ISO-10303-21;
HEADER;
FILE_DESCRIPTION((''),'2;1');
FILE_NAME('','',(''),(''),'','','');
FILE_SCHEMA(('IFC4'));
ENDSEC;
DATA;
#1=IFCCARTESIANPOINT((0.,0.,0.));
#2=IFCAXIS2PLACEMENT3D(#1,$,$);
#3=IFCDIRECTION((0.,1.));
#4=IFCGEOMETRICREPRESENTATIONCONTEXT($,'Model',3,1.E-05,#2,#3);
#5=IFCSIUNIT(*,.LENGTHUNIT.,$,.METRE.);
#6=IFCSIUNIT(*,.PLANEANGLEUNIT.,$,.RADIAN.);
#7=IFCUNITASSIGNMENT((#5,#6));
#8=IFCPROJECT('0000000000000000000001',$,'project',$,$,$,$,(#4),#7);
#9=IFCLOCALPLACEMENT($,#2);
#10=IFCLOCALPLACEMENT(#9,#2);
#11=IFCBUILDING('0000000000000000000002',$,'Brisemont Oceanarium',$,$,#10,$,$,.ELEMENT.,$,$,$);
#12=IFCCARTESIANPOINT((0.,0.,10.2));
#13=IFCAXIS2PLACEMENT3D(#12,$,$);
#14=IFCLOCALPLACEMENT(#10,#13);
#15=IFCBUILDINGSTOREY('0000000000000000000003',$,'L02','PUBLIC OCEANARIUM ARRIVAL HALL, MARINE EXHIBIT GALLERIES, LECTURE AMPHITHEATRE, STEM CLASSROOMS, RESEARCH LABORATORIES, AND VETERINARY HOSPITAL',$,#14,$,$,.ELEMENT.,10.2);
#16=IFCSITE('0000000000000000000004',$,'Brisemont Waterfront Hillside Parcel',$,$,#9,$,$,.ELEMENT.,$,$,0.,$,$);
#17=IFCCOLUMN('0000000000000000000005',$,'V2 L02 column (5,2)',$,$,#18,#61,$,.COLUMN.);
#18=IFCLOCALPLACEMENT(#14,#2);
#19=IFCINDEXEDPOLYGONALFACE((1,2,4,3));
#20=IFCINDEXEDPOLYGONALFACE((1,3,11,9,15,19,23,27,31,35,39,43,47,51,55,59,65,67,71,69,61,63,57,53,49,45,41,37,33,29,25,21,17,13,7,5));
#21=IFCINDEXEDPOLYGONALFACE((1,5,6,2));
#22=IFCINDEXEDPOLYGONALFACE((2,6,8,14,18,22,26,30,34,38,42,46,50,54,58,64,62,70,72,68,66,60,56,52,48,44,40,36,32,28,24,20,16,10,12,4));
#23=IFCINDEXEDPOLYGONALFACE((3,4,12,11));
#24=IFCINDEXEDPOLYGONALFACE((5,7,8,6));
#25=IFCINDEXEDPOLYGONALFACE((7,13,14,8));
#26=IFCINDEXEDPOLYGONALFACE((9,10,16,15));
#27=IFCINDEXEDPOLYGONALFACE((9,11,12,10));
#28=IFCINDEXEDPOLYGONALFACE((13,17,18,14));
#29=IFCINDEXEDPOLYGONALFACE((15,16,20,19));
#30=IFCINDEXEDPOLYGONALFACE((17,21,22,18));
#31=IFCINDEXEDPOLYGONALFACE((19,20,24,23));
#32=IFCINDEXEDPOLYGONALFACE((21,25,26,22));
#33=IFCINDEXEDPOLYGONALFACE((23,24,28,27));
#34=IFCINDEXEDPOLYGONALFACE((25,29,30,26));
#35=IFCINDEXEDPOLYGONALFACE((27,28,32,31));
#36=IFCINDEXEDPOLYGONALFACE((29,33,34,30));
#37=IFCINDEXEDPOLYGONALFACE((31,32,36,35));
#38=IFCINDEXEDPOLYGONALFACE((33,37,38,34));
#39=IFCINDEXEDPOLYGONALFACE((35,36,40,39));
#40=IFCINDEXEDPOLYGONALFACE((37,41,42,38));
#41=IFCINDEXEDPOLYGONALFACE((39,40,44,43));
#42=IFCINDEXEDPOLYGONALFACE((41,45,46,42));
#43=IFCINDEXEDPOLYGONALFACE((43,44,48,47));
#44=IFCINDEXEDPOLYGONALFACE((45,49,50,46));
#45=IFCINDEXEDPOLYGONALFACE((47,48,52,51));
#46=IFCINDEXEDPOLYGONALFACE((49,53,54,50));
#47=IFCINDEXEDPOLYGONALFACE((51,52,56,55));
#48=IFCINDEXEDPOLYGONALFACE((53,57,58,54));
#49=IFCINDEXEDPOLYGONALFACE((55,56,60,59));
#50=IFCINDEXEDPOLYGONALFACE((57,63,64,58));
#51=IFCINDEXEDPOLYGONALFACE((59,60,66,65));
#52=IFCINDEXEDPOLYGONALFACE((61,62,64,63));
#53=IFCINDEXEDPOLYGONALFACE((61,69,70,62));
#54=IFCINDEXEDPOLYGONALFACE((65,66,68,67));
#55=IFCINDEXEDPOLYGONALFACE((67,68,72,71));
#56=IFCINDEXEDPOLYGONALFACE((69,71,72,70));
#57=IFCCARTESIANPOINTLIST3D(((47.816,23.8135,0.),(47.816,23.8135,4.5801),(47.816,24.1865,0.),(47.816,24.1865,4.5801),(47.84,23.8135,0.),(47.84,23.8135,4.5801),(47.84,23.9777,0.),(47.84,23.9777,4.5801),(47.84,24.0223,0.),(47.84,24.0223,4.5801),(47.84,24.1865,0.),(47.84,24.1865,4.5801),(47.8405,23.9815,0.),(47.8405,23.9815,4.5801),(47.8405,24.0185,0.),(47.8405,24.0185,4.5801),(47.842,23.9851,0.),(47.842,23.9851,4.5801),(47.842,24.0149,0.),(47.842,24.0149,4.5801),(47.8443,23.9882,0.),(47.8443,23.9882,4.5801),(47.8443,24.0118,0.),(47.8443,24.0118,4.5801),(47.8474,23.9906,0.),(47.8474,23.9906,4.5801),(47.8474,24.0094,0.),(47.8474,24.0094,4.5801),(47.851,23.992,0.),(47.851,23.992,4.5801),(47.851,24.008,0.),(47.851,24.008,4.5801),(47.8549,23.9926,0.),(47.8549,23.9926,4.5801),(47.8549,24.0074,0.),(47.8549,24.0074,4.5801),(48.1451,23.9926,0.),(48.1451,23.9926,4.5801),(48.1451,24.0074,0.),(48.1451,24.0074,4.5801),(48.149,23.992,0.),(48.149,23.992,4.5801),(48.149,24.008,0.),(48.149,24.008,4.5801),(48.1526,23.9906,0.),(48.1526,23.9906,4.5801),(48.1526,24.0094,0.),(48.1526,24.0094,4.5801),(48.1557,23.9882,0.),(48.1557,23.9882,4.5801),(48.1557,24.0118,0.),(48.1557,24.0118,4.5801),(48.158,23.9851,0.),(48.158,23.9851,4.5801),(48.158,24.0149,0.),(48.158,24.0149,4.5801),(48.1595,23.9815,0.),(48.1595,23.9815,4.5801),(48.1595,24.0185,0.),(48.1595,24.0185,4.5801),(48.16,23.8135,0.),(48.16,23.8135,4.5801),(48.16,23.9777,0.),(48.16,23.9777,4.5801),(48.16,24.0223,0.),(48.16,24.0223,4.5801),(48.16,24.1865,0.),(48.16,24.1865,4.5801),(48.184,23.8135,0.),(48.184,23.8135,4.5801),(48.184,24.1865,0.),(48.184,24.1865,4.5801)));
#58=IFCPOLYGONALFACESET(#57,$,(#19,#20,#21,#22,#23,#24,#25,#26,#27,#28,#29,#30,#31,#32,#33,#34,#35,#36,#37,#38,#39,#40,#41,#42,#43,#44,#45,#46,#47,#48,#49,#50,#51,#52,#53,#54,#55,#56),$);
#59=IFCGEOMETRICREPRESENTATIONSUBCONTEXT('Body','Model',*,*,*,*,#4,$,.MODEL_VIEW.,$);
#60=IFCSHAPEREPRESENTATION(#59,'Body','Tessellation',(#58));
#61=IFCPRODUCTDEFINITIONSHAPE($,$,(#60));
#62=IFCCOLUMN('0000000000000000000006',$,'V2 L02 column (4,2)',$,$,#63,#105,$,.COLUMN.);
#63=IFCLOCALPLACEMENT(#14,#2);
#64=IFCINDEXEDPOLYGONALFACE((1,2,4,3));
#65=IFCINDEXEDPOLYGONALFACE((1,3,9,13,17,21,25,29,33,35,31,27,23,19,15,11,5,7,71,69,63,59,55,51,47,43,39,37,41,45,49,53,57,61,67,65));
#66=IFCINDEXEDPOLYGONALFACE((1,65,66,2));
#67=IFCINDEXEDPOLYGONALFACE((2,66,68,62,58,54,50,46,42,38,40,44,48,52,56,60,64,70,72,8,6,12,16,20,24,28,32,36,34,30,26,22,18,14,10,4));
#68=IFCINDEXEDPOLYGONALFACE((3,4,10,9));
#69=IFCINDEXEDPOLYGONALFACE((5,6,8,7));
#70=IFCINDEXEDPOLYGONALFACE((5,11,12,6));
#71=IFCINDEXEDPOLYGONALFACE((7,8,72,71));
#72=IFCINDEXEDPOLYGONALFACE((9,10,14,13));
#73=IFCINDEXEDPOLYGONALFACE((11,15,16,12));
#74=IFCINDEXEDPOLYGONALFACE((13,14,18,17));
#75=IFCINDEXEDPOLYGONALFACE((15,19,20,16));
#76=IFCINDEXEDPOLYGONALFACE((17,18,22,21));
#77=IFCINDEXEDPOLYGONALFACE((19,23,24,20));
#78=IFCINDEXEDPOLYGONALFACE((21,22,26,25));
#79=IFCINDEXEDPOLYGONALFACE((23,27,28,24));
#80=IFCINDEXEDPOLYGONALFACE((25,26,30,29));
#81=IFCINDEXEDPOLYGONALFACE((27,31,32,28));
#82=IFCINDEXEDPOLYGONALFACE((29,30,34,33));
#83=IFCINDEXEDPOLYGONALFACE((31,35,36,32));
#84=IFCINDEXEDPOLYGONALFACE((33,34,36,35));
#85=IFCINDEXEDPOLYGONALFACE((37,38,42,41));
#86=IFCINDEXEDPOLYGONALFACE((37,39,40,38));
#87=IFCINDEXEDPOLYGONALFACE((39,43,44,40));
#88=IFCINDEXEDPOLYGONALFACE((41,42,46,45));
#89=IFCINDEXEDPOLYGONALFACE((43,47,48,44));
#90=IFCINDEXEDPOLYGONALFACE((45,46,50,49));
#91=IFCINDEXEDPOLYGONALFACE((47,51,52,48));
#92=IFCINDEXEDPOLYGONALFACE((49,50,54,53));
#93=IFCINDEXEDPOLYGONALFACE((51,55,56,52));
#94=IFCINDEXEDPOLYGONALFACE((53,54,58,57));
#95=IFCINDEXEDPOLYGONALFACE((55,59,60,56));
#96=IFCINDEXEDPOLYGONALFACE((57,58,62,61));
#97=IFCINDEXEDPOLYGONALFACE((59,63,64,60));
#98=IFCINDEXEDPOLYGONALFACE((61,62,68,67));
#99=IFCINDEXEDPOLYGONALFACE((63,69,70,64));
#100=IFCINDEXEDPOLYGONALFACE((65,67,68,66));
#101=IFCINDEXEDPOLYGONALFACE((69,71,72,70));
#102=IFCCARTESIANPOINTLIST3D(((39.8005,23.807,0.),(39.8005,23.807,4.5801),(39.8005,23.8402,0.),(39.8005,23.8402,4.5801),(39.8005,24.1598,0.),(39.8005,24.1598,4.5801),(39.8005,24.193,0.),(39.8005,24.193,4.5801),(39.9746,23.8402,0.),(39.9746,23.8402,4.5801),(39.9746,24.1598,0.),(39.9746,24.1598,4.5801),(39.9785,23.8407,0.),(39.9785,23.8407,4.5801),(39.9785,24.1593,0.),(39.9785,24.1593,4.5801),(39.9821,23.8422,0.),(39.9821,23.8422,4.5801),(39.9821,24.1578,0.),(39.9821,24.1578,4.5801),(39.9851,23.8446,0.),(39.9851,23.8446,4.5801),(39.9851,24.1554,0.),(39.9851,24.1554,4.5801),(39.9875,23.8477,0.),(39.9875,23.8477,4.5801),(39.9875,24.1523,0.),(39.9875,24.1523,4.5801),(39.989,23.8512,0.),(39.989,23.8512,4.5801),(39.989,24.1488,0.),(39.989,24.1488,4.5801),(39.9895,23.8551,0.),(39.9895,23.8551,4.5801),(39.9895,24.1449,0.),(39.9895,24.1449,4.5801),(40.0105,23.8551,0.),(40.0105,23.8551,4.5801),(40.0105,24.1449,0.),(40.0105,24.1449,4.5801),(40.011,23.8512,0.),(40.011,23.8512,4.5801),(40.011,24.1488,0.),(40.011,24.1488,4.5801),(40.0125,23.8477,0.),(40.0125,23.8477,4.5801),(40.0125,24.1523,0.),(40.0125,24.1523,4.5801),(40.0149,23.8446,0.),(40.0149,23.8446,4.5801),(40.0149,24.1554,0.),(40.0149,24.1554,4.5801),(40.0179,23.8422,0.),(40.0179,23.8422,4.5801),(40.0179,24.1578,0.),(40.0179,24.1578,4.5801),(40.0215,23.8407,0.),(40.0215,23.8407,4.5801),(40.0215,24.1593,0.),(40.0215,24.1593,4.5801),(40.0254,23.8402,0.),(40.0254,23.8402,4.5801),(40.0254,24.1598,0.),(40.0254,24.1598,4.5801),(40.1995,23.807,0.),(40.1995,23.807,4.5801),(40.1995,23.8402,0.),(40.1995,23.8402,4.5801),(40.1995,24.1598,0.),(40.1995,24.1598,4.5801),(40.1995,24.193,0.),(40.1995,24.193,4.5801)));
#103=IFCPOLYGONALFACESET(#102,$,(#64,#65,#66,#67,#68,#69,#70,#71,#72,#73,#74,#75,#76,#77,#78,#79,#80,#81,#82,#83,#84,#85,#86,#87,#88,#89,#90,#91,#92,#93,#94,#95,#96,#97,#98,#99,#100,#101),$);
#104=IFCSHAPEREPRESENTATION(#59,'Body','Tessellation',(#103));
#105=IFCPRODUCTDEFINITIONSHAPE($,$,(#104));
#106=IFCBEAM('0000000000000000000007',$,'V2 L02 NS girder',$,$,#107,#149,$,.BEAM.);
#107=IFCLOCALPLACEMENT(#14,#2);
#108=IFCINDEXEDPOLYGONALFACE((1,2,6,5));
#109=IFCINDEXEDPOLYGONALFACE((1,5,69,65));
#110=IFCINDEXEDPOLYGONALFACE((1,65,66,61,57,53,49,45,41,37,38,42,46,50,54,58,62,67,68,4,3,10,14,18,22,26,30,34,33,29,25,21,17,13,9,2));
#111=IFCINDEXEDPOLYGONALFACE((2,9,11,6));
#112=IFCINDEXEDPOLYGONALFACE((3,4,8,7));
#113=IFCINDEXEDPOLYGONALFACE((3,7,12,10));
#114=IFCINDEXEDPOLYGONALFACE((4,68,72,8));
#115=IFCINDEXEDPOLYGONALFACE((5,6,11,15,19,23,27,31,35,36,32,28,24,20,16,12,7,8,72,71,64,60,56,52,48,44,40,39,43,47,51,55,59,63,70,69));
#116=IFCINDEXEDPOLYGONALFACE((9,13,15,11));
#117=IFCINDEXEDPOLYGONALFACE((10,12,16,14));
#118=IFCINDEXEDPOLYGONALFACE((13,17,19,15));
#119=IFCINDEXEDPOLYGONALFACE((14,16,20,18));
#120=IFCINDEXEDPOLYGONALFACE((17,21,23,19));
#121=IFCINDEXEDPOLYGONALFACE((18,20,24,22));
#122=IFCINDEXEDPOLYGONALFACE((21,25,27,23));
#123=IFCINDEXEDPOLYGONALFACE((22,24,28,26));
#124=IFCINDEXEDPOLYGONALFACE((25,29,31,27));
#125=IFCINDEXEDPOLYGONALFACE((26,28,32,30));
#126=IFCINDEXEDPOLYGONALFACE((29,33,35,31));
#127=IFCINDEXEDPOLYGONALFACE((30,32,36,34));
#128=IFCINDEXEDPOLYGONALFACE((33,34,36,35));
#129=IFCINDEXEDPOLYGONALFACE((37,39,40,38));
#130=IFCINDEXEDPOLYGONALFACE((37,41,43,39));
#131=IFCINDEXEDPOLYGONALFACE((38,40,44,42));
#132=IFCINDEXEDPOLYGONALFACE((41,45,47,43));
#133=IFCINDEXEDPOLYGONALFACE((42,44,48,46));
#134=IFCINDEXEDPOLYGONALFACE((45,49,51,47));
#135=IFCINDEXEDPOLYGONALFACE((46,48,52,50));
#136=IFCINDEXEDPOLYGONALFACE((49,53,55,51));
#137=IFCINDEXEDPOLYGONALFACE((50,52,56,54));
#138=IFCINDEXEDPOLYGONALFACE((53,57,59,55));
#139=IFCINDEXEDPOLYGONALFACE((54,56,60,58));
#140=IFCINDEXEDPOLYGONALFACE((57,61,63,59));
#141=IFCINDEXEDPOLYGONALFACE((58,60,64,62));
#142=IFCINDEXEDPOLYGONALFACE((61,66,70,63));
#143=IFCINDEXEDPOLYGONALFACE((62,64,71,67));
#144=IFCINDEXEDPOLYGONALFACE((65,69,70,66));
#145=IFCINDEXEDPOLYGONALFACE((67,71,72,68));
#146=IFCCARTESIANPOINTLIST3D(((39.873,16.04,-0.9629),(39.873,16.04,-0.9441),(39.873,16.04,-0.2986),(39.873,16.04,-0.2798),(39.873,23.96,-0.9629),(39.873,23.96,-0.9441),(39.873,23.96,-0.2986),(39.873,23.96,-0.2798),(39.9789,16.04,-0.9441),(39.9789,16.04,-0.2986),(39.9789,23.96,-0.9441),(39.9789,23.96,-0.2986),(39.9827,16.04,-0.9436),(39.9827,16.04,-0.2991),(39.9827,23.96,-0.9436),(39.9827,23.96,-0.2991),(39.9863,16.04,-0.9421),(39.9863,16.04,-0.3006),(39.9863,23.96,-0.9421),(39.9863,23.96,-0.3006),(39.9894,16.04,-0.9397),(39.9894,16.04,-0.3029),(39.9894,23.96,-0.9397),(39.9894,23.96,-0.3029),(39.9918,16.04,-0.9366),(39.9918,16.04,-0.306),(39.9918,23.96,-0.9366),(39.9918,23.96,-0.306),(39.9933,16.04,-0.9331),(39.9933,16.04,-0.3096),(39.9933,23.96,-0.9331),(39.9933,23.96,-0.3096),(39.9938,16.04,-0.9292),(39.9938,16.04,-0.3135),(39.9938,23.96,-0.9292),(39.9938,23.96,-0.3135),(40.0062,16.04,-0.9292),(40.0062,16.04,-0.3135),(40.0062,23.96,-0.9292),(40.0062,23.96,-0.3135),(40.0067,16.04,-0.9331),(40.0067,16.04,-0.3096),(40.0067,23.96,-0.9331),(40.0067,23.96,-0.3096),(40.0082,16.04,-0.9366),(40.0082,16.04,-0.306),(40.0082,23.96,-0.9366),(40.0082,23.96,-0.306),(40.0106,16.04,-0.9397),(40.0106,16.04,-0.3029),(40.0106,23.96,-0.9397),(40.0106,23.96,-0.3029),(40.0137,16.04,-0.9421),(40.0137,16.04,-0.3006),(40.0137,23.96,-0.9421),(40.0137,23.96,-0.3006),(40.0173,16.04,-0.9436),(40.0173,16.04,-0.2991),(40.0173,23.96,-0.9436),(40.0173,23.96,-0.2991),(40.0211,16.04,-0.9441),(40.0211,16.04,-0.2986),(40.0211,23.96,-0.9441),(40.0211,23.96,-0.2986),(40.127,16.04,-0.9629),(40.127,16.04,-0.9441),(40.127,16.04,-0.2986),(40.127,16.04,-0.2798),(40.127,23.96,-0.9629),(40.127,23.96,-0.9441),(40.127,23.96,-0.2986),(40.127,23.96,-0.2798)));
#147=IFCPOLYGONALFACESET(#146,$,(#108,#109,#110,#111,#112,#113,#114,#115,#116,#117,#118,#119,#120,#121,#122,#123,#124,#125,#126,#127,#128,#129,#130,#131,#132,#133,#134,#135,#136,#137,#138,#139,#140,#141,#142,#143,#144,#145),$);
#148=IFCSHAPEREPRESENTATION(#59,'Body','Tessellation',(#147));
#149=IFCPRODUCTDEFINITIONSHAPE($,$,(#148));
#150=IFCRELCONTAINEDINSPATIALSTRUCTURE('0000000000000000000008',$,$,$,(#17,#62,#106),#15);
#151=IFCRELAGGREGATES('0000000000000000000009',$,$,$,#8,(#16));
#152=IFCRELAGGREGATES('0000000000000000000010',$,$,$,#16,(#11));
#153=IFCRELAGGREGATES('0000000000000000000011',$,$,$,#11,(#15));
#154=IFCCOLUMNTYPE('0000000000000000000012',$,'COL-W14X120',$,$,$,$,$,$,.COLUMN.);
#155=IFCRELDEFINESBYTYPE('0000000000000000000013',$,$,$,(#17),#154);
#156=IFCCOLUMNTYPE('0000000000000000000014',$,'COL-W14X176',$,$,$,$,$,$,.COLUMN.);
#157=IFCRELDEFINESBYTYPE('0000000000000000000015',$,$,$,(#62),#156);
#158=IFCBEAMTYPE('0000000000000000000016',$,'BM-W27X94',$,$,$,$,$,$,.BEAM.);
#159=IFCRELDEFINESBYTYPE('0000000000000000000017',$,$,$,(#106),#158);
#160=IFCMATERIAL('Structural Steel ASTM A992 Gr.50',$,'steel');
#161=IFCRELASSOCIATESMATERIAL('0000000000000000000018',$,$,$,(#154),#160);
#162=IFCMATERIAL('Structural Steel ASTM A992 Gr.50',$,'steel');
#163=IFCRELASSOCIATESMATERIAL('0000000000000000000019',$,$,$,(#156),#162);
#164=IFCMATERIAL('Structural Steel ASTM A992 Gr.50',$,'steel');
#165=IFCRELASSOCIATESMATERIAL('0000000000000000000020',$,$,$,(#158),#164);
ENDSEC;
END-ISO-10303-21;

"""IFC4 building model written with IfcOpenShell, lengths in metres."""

from ifc_helpers import new_model, si_unit, direction, frame, origin, origin_2d, place, context, subcontext, project, spatial, i_section, extrude, material, material_profile, profile_set, type_object, element, save


model = new_model("IFC4")

# Units and contexts
model_context = context("Model", 3, precision=1e-05, world=origin(), true_north=direction((0.0, 1.0)))
body_context = subcontext(model_context, "Body", "Model", "MODEL_VIEW")
ifc_project = project(units=[si_unit("LENGTHUNIT", "METRE"), si_unit("PLANEANGLEUNIT", "RADIAN")], contexts=[model_context])

# Site, building, storey
site_placement = place(None, origin())
site = spatial("IfcSite", under=ifc_project, at=site_placement, Name="Brisemont Waterfront Hillside Parcel", CompositionType="ELEMENT", RefElevation=0.0)
building_placement = place(site_placement, origin())
building = spatial("IfcBuilding", under=site, at=building_placement, Name="Brisemont Oceanarium", CompositionType="ELEMENT")
storey_placement = place(building_placement, frame((0.0, 0.0, 10.2)))
storey = spatial("IfcBuildingStorey", under=building, at=storey_placement, Name="L02", Description="PUBLIC OCEANARIUM ARRIVAL HALL, MARINE EXHIBIT GALLERIES, LECTURE AMPHITHEATRE, STEM CLASSROOMS, RESEARCH LABORATORIES, AND VETERINARY HOSPITAL", CompositionType="ELEMENT", Elevation=10.2)

# Columns
ifc_material_1 = material(Name="Structural Steel ASTM A992 Gr.50", Category="steel")
ifc_material_profile_1 = material_profile(ifc_material_1, i_section(OverallWidth=0.373, OverallDepth=0.3679, WebThickness=0.0149, FlangeThickness=0.0239, FilletRadius=0.0149, at=origin_2d()), Name="W14X120")
ifc_profile_set_1 = profile_set([ifc_material_profile_1], Name="Structural Steel ASTM A992 Gr.50")
column_type_1 = type_object("IfcColumnType", Name="COL-W14X120", PredefinedType="COLUMN", material=ifc_profile_set_1)
column_1_placement = place(storey_placement, frame((48.0, 24.0, 0.0), z_axis=(0.0, 0.0, 1.0), x_axis=(0.0, 1.0, 0.0)))
element("IfcColumn", 1, at=column_1_placement, inside=storey, type_object=column_type_1, Name="V2 L02 column (5,2)", PredefinedType="COLUMN", context=body_context, shape_type="SweptSolid", body=[
    extrude(i_section(OverallWidth=0.373, OverallDepth=0.3679, WebThickness=0.0149, FlangeThickness=0.0239, FilletRadius=0.0149, at=origin_2d()), origin(), (0.0, 0.0, 1.0), 4.5801),
])
ifc_material_2 = material(Name="Structural Steel ASTM A992 Gr.50", Category="steel")
ifc_material_profile_2 = material_profile(ifc_material_2, i_section(OverallWidth=0.3989, OverallDepth=0.386, WebThickness=0.021, FlangeThickness=0.0332, FilletRadius=0.0149, at=origin_2d()), Name="W14X176")
ifc_profile_set_2 = profile_set([ifc_material_profile_2], Name="Structural Steel ASTM A992 Gr.50")
column_type_2 = type_object("IfcColumnType", Name="COL-W14X176", PredefinedType="COLUMN", material=ifc_profile_set_2)
column_2_placement = place(storey_placement, frame((40.0, 24.0, 0.0), z_axis=(0.0, 0.0, 1.0), x_axis=(1.0, 0.0, 0.0)))
element("IfcColumn", 2, at=column_2_placement, inside=storey, type_object=column_type_2, Name="V2 L02 column (4,2)", PredefinedType="COLUMN", context=body_context, shape_type="SweptSolid", body=[
    extrude(i_section(OverallWidth=0.3989, OverallDepth=0.386, WebThickness=0.021, FlangeThickness=0.0332, FilletRadius=0.0149, at=origin_2d()), origin(), (0.0, 0.0, 1.0), 4.5801),
])

# Beam
ifc_material_3 = material(Name="Structural Steel ASTM A992 Gr.50", Category="steel")
ifc_material_profile_3 = material_profile(ifc_material_3, i_section(OverallWidth=0.2539, OverallDepth=0.6831, WebThickness=0.0125, FlangeThickness=0.0188, FilletRadius=0.0149, at=origin_2d()), Name="W27X94")
ifc_profile_set_3 = profile_set([ifc_material_profile_3], Name="Structural Steel ASTM A992 Gr.50")
beam_type_1 = type_object("IfcBeamType", Name="BM-W27X94", PredefinedType="BEAM", material=ifc_profile_set_3)
beam_1_placement = place(storey_placement, frame((40.0, 16.04, -0.6213), z_axis=(0.0, 1.0, 0.0), x_axis=(-1.0, 0.0, 0.0)))
element("IfcBeam", 3, at=beam_1_placement, inside=storey, type_object=beam_type_1, Name="V2 L02 NS girder", PredefinedType="BEAM", context=body_context, shape_type="SweptSolid", body=[
    extrude(i_section(OverallWidth=0.2539, OverallDepth=0.6831, WebThickness=0.0125, FlangeThickness=0.0188, FilletRadius=0.0149, at=origin_2d()), origin(), (0.0, 0.0, 1.0), 7.9199),
])

save(model, "model.ifc")
